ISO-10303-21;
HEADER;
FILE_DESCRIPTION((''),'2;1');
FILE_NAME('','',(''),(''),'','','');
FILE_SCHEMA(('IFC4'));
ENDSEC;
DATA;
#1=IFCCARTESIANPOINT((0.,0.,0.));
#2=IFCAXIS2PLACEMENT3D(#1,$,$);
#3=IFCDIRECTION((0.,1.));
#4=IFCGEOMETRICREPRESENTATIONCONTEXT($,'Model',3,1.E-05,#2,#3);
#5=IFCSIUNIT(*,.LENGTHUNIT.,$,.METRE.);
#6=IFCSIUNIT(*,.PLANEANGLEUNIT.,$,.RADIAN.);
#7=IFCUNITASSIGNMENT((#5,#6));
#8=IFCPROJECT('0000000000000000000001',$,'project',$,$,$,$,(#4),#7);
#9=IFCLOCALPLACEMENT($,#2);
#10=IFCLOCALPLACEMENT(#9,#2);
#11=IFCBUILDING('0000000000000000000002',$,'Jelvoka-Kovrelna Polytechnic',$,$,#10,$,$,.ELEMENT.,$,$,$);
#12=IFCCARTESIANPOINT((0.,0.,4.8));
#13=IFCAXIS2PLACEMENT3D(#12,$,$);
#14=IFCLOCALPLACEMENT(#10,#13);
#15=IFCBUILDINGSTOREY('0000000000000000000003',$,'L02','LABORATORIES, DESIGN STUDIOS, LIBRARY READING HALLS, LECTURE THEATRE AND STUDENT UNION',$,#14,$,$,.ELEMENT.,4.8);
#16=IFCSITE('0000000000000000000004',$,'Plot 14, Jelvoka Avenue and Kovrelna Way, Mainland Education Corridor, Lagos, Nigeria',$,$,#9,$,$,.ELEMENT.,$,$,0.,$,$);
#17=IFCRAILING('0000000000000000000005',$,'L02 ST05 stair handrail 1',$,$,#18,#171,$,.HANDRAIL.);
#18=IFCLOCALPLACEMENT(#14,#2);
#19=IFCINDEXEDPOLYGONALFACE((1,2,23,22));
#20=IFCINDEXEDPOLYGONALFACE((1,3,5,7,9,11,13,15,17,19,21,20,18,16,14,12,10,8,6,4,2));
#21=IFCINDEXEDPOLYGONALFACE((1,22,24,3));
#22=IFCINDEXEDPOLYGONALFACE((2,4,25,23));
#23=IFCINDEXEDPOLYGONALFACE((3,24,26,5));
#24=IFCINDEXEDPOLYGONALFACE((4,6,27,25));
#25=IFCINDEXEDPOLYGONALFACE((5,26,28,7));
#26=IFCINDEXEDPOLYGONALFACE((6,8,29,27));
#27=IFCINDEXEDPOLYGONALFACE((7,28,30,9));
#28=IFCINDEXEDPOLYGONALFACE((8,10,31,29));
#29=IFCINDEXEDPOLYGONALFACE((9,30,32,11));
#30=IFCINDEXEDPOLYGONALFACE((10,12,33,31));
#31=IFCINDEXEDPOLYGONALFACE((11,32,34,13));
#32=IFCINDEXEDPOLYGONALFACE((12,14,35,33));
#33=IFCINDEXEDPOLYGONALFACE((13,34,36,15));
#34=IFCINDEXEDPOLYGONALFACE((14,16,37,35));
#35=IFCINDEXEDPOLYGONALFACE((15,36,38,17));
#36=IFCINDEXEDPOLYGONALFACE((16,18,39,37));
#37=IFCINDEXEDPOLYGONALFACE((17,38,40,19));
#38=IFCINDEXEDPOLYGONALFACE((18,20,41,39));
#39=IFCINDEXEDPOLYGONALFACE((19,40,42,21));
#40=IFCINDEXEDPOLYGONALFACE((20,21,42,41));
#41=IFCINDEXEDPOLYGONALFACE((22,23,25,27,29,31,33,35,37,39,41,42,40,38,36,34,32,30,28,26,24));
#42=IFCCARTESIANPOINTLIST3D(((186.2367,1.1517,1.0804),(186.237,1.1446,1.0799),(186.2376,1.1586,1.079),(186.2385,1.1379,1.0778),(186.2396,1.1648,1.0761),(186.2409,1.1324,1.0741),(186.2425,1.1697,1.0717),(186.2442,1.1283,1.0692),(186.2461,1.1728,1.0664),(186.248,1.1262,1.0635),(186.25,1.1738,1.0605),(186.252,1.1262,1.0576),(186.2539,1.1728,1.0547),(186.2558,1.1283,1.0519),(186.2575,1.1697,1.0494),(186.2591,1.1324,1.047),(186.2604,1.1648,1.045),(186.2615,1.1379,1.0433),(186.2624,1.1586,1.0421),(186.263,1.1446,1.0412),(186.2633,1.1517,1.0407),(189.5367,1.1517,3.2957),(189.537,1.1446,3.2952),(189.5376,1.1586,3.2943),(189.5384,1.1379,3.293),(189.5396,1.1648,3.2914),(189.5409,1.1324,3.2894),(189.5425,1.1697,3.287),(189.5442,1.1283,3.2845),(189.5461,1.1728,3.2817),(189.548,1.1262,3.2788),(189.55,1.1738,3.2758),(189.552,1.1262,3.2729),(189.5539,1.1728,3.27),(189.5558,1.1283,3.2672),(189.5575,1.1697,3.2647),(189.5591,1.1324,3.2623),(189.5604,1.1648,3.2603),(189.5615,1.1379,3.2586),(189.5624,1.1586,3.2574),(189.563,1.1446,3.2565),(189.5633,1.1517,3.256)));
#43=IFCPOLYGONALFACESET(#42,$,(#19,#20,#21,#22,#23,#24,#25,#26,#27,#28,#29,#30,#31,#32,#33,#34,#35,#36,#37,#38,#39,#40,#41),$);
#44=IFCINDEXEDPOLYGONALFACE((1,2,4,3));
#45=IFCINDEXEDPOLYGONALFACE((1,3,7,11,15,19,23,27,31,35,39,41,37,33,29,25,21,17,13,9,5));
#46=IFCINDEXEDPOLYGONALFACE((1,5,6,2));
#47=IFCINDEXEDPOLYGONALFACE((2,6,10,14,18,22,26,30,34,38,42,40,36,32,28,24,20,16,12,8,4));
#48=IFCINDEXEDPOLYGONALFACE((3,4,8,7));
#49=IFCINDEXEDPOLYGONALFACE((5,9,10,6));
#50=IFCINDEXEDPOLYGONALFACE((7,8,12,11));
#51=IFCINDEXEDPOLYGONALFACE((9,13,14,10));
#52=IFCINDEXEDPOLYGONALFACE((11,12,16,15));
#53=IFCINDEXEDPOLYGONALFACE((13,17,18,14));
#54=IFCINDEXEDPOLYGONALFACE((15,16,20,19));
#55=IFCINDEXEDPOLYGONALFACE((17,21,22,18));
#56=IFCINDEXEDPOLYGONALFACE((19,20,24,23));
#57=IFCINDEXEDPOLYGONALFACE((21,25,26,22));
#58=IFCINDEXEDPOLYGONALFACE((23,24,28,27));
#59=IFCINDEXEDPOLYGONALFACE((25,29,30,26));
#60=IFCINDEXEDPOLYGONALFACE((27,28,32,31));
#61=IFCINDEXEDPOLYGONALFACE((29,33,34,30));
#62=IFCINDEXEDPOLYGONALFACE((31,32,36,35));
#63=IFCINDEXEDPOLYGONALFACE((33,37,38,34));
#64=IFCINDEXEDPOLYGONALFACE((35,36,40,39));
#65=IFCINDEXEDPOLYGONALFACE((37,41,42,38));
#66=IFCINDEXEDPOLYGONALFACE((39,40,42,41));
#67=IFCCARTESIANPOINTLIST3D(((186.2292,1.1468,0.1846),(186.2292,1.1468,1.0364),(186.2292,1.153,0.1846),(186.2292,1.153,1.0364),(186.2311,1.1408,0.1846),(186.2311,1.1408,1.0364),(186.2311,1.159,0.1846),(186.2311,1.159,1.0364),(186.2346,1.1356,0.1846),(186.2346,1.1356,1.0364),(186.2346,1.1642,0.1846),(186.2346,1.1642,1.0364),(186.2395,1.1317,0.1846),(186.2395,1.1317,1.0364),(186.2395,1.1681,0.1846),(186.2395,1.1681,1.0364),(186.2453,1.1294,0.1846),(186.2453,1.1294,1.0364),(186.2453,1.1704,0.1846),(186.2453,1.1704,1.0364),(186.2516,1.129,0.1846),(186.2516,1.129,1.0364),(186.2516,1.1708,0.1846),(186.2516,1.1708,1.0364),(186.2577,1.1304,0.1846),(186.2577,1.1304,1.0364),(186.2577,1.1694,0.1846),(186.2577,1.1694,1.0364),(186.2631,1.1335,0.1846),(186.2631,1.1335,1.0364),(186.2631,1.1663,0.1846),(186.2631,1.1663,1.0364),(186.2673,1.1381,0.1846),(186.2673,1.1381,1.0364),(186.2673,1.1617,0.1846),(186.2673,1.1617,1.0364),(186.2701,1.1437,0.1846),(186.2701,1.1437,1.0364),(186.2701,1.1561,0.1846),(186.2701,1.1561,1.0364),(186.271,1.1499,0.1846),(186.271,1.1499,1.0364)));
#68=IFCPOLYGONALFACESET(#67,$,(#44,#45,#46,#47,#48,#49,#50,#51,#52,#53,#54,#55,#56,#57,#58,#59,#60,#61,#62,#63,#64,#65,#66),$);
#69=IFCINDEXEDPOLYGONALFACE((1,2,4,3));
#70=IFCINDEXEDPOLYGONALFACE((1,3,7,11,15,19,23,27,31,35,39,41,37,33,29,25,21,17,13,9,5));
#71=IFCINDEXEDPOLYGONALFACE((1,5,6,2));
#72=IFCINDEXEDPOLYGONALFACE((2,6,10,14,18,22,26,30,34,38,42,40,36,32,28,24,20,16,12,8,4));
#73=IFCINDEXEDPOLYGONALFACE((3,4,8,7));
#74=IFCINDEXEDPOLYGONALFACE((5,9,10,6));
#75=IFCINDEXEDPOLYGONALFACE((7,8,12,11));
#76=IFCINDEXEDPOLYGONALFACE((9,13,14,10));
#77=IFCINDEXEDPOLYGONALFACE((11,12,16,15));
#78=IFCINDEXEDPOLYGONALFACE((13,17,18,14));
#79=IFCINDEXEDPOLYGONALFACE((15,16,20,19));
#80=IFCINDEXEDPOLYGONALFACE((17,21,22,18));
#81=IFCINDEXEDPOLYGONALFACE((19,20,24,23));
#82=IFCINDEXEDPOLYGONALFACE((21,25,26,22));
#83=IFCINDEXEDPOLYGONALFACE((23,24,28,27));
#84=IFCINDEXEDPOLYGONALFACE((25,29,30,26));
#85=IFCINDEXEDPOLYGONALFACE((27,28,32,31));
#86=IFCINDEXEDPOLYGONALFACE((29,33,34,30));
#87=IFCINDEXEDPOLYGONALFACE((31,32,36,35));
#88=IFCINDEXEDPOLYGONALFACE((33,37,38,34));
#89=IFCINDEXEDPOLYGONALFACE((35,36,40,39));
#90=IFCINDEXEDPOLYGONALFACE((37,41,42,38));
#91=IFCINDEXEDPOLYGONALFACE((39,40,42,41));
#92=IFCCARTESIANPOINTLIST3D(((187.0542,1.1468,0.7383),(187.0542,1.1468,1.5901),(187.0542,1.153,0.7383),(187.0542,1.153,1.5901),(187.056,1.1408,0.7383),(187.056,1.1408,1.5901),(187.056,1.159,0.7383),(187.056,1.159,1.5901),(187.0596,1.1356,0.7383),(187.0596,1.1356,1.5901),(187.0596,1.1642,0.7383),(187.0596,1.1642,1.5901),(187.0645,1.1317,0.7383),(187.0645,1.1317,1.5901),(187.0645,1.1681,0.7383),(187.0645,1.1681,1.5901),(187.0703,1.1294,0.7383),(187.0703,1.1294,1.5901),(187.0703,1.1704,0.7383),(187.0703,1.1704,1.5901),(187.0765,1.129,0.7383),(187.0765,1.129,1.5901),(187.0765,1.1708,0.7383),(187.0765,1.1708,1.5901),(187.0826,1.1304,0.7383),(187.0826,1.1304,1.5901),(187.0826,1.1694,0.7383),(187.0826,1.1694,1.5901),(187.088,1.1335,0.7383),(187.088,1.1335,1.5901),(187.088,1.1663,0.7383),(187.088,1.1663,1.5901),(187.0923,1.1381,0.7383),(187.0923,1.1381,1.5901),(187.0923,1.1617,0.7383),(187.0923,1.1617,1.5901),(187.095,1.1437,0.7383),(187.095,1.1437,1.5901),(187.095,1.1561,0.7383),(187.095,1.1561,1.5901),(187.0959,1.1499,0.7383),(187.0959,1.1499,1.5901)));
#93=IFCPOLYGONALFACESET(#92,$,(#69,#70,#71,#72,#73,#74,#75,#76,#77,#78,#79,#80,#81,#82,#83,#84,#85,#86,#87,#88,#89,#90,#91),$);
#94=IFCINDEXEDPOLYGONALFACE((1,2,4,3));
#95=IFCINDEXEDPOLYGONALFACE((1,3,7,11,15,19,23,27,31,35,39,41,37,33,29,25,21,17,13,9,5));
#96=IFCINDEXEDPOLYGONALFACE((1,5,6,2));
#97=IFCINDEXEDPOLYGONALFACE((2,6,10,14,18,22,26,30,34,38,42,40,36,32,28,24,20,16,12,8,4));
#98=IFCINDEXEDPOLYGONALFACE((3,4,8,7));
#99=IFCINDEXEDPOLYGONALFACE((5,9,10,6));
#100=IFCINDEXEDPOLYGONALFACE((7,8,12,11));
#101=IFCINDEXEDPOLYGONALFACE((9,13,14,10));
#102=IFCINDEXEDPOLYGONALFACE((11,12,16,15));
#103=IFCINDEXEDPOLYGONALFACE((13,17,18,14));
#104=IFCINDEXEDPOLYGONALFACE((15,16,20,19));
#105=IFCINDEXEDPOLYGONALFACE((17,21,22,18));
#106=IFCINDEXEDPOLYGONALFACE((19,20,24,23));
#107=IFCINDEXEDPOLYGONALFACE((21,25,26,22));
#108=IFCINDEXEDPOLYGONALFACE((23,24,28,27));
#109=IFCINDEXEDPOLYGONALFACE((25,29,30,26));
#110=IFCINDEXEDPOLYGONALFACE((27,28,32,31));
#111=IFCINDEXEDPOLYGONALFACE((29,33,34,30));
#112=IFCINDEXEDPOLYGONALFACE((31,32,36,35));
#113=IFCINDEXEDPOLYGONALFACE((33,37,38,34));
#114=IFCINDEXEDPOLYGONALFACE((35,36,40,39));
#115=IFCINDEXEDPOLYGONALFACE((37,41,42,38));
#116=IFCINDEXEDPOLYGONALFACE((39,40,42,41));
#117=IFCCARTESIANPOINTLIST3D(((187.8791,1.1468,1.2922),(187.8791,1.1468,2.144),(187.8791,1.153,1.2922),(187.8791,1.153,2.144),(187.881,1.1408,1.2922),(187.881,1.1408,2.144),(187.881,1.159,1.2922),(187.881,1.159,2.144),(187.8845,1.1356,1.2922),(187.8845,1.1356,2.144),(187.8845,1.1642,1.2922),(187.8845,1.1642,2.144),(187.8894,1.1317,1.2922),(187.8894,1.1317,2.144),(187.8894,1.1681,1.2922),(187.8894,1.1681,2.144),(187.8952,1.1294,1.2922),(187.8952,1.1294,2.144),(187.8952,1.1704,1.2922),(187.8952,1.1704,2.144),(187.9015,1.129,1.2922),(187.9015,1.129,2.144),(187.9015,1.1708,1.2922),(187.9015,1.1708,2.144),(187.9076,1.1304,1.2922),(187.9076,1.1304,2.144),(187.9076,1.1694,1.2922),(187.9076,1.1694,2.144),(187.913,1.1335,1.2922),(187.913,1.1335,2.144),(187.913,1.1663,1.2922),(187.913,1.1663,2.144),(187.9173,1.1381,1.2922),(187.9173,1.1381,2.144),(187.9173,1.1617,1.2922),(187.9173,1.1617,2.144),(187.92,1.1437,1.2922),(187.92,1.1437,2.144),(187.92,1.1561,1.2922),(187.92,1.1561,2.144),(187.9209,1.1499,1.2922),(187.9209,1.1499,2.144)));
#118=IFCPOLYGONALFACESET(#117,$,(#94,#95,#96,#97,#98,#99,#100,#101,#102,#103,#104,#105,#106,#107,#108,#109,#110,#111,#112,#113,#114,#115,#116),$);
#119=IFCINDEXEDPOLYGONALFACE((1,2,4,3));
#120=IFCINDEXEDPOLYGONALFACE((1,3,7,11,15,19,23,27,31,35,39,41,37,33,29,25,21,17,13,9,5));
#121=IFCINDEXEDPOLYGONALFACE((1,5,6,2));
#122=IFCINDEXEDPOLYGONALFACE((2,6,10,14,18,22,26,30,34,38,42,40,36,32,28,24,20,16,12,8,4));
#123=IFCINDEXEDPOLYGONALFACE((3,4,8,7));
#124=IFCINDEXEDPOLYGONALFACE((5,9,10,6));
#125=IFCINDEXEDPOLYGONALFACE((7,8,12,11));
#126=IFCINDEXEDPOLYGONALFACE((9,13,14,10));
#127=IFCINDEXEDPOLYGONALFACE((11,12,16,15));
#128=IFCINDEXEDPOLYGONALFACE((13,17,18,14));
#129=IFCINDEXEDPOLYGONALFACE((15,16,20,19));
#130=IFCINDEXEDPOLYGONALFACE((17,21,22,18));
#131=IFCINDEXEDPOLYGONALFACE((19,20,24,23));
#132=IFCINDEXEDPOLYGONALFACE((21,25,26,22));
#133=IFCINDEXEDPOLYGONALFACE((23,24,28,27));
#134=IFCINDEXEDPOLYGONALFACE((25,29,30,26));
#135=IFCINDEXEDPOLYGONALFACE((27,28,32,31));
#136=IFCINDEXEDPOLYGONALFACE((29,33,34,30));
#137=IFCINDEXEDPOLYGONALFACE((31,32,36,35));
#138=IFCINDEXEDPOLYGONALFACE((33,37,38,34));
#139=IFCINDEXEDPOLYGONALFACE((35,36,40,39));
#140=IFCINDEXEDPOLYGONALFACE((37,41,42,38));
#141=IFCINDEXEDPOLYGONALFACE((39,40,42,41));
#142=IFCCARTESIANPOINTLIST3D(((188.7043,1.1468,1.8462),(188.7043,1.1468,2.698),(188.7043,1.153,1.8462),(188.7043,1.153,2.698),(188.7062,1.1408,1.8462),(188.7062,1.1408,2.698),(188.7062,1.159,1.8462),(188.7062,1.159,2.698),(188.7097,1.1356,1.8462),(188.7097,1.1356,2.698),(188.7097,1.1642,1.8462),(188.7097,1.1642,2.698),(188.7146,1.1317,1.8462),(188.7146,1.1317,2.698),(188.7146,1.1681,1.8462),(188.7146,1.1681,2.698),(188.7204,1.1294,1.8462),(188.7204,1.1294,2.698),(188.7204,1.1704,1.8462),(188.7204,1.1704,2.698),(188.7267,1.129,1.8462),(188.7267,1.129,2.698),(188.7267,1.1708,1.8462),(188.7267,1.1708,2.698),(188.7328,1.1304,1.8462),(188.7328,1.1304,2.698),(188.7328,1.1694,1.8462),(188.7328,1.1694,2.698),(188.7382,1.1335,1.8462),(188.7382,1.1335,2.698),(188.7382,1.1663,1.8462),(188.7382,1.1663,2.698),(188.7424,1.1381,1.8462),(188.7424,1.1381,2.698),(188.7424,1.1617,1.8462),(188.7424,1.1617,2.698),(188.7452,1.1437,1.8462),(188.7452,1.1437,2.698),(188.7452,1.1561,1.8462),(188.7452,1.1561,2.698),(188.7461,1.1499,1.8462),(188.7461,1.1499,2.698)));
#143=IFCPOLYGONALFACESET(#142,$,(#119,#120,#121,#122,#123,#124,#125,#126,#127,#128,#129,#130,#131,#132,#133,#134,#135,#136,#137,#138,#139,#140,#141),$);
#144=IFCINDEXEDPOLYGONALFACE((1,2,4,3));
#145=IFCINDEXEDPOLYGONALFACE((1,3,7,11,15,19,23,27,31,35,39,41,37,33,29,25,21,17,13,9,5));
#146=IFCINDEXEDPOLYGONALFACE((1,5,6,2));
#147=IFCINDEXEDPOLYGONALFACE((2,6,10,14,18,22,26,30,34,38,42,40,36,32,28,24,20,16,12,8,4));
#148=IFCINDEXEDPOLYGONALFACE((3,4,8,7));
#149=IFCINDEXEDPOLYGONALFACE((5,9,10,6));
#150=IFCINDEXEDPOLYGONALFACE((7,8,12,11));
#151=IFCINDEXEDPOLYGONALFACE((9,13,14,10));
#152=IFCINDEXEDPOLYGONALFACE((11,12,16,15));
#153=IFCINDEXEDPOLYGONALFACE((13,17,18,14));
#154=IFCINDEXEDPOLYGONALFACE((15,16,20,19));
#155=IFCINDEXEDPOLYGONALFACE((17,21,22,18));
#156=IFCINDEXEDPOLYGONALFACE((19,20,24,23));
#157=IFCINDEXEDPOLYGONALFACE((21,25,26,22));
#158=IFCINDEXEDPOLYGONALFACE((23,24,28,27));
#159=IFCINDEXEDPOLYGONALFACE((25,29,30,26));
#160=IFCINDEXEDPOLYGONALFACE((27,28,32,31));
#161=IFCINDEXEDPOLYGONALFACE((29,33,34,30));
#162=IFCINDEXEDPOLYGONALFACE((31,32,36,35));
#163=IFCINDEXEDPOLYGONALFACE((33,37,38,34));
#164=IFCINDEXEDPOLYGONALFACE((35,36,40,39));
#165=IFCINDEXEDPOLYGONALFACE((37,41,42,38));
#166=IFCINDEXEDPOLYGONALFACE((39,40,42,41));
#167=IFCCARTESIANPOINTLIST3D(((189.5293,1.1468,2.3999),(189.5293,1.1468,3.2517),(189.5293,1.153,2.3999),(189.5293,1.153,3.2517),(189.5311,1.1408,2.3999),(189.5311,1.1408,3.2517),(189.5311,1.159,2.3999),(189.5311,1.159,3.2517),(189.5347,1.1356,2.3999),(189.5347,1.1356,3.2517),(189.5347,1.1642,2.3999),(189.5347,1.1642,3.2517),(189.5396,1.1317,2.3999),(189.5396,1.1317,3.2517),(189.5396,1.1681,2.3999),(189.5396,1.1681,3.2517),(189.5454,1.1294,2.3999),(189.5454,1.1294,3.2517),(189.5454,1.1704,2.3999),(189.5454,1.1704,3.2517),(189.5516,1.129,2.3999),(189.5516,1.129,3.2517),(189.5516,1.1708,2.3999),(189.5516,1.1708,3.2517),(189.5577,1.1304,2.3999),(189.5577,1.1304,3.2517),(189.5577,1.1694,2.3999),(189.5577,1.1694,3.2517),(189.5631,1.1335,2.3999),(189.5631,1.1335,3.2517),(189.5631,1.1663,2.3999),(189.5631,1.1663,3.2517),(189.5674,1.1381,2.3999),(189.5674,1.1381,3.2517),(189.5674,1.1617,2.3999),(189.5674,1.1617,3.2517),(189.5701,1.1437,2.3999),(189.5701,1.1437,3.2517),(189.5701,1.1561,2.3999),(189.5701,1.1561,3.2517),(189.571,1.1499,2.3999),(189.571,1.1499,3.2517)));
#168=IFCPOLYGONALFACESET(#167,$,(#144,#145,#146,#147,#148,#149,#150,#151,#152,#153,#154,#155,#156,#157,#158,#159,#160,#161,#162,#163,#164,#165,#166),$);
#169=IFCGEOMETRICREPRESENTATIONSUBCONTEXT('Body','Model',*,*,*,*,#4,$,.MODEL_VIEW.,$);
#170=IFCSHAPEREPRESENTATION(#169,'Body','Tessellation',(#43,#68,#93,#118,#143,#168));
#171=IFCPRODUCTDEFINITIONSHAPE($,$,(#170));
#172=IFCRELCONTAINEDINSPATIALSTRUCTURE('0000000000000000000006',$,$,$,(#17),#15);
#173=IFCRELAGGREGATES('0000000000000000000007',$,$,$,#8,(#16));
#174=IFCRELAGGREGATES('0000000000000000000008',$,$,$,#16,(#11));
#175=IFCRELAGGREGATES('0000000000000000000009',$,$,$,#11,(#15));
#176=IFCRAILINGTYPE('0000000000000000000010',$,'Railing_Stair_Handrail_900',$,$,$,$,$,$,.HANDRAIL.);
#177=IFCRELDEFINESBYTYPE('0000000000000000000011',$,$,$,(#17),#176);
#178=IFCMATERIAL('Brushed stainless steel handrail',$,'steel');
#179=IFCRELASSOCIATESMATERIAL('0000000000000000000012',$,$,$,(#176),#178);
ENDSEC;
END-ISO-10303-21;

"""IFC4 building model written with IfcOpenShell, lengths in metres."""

from ifc_helpers import new_model, si_unit, direction, frame, origin, origin_2d, place, context, subcontext, project, spatial, circle, extrude, material, type_object, element, save


model = new_model("IFC4")

# Units and contexts
model_context = context("Model", 3, precision=1e-05, world=origin(), true_north=direction((0.0, 1.0)))
body_context = subcontext(model_context, "Body", "Model", "MODEL_VIEW")
ifc_project = project(units=[si_unit("LENGTHUNIT", "METRE"), si_unit("PLANEANGLEUNIT", "RADIAN")], contexts=[model_context])

# Site, building, storey
site_placement = place(None, origin())
site = spatial("IfcSite", under=ifc_project, at=site_placement, Name="Plot 14, Jelvoka Avenue and Kovrelna Way, Mainland Education Corridor, Lagos, Nigeria", CompositionType="ELEMENT", RefElevation=0.0)
building_placement = place(site_placement, origin())
building = spatial("IfcBuilding", under=site, at=building_placement, Name="Jelvoka-Kovrelna Polytechnic", CompositionType="ELEMENT")
storey_placement = place(building_placement, frame((0.0, 0.0, 4.8)))
storey = spatial("IfcBuildingStorey", under=building, at=storey_placement, Name="L02", Description="LABORATORIES, DESIGN STUDIOS, LIBRARY READING HALLS, LECTURE THEATRE AND STUDENT UNION", CompositionType="ELEMENT", Elevation=4.8)

# Railing
ifc_material_1 = material(Name="Brushed stainless steel handrail", Category="steel")
railing_type_1 = type_object("IfcRailingType", Name="Railing_Stair_Handrail_900", PredefinedType="HANDRAIL", material=ifc_material_1)
railing_1_placement = place(storey_placement, frame((186.25, 1.1499, 0.1846)))
element("IfcRailing", 1, at=railing_1_placement, inside=storey, type_object=railing_type_1, Name="L02 ST05 stair handrail 1", PredefinedType="HANDRAIL", context=body_context, shape_type="SweptSolid", body=[
    extrude(circle(Radius=0.0239, at=origin_2d()), frame((0.0, 0.0, 0.876), z_axis=(0.830269, 0.0, 0.557362), x_axis=(0.0, 1.0, 0.0)), (0.0, 0.0, 1.0), 3.9746),
    extrude(circle(Radius=0.021, at=origin_2d()), origin(), (0.0, 0.0, 1.0), 0.8518),
    extrude(circle(Radius=0.021, at=origin_2d()), frame((0.825, 0.0, 0.5537)), (0.0, 0.0, 1.0), 0.8518),
    extrude(circle(Radius=0.021, at=origin_2d()), frame((1.6499, 0.0, 1.1077)), (0.0, 0.0, 1.0), 0.8518),
    extrude(circle(Radius=0.021, at=origin_2d()), frame((2.4751, 0.0, 1.6616)), (0.0, 0.0, 1.0), 0.8518),
    extrude(circle(Radius=0.021, at=origin_2d()), frame((3.3, 0.0, 2.2153)), (0.0, 0.0, 1.0), 0.8518),
])

save(model, "model.ifc")
